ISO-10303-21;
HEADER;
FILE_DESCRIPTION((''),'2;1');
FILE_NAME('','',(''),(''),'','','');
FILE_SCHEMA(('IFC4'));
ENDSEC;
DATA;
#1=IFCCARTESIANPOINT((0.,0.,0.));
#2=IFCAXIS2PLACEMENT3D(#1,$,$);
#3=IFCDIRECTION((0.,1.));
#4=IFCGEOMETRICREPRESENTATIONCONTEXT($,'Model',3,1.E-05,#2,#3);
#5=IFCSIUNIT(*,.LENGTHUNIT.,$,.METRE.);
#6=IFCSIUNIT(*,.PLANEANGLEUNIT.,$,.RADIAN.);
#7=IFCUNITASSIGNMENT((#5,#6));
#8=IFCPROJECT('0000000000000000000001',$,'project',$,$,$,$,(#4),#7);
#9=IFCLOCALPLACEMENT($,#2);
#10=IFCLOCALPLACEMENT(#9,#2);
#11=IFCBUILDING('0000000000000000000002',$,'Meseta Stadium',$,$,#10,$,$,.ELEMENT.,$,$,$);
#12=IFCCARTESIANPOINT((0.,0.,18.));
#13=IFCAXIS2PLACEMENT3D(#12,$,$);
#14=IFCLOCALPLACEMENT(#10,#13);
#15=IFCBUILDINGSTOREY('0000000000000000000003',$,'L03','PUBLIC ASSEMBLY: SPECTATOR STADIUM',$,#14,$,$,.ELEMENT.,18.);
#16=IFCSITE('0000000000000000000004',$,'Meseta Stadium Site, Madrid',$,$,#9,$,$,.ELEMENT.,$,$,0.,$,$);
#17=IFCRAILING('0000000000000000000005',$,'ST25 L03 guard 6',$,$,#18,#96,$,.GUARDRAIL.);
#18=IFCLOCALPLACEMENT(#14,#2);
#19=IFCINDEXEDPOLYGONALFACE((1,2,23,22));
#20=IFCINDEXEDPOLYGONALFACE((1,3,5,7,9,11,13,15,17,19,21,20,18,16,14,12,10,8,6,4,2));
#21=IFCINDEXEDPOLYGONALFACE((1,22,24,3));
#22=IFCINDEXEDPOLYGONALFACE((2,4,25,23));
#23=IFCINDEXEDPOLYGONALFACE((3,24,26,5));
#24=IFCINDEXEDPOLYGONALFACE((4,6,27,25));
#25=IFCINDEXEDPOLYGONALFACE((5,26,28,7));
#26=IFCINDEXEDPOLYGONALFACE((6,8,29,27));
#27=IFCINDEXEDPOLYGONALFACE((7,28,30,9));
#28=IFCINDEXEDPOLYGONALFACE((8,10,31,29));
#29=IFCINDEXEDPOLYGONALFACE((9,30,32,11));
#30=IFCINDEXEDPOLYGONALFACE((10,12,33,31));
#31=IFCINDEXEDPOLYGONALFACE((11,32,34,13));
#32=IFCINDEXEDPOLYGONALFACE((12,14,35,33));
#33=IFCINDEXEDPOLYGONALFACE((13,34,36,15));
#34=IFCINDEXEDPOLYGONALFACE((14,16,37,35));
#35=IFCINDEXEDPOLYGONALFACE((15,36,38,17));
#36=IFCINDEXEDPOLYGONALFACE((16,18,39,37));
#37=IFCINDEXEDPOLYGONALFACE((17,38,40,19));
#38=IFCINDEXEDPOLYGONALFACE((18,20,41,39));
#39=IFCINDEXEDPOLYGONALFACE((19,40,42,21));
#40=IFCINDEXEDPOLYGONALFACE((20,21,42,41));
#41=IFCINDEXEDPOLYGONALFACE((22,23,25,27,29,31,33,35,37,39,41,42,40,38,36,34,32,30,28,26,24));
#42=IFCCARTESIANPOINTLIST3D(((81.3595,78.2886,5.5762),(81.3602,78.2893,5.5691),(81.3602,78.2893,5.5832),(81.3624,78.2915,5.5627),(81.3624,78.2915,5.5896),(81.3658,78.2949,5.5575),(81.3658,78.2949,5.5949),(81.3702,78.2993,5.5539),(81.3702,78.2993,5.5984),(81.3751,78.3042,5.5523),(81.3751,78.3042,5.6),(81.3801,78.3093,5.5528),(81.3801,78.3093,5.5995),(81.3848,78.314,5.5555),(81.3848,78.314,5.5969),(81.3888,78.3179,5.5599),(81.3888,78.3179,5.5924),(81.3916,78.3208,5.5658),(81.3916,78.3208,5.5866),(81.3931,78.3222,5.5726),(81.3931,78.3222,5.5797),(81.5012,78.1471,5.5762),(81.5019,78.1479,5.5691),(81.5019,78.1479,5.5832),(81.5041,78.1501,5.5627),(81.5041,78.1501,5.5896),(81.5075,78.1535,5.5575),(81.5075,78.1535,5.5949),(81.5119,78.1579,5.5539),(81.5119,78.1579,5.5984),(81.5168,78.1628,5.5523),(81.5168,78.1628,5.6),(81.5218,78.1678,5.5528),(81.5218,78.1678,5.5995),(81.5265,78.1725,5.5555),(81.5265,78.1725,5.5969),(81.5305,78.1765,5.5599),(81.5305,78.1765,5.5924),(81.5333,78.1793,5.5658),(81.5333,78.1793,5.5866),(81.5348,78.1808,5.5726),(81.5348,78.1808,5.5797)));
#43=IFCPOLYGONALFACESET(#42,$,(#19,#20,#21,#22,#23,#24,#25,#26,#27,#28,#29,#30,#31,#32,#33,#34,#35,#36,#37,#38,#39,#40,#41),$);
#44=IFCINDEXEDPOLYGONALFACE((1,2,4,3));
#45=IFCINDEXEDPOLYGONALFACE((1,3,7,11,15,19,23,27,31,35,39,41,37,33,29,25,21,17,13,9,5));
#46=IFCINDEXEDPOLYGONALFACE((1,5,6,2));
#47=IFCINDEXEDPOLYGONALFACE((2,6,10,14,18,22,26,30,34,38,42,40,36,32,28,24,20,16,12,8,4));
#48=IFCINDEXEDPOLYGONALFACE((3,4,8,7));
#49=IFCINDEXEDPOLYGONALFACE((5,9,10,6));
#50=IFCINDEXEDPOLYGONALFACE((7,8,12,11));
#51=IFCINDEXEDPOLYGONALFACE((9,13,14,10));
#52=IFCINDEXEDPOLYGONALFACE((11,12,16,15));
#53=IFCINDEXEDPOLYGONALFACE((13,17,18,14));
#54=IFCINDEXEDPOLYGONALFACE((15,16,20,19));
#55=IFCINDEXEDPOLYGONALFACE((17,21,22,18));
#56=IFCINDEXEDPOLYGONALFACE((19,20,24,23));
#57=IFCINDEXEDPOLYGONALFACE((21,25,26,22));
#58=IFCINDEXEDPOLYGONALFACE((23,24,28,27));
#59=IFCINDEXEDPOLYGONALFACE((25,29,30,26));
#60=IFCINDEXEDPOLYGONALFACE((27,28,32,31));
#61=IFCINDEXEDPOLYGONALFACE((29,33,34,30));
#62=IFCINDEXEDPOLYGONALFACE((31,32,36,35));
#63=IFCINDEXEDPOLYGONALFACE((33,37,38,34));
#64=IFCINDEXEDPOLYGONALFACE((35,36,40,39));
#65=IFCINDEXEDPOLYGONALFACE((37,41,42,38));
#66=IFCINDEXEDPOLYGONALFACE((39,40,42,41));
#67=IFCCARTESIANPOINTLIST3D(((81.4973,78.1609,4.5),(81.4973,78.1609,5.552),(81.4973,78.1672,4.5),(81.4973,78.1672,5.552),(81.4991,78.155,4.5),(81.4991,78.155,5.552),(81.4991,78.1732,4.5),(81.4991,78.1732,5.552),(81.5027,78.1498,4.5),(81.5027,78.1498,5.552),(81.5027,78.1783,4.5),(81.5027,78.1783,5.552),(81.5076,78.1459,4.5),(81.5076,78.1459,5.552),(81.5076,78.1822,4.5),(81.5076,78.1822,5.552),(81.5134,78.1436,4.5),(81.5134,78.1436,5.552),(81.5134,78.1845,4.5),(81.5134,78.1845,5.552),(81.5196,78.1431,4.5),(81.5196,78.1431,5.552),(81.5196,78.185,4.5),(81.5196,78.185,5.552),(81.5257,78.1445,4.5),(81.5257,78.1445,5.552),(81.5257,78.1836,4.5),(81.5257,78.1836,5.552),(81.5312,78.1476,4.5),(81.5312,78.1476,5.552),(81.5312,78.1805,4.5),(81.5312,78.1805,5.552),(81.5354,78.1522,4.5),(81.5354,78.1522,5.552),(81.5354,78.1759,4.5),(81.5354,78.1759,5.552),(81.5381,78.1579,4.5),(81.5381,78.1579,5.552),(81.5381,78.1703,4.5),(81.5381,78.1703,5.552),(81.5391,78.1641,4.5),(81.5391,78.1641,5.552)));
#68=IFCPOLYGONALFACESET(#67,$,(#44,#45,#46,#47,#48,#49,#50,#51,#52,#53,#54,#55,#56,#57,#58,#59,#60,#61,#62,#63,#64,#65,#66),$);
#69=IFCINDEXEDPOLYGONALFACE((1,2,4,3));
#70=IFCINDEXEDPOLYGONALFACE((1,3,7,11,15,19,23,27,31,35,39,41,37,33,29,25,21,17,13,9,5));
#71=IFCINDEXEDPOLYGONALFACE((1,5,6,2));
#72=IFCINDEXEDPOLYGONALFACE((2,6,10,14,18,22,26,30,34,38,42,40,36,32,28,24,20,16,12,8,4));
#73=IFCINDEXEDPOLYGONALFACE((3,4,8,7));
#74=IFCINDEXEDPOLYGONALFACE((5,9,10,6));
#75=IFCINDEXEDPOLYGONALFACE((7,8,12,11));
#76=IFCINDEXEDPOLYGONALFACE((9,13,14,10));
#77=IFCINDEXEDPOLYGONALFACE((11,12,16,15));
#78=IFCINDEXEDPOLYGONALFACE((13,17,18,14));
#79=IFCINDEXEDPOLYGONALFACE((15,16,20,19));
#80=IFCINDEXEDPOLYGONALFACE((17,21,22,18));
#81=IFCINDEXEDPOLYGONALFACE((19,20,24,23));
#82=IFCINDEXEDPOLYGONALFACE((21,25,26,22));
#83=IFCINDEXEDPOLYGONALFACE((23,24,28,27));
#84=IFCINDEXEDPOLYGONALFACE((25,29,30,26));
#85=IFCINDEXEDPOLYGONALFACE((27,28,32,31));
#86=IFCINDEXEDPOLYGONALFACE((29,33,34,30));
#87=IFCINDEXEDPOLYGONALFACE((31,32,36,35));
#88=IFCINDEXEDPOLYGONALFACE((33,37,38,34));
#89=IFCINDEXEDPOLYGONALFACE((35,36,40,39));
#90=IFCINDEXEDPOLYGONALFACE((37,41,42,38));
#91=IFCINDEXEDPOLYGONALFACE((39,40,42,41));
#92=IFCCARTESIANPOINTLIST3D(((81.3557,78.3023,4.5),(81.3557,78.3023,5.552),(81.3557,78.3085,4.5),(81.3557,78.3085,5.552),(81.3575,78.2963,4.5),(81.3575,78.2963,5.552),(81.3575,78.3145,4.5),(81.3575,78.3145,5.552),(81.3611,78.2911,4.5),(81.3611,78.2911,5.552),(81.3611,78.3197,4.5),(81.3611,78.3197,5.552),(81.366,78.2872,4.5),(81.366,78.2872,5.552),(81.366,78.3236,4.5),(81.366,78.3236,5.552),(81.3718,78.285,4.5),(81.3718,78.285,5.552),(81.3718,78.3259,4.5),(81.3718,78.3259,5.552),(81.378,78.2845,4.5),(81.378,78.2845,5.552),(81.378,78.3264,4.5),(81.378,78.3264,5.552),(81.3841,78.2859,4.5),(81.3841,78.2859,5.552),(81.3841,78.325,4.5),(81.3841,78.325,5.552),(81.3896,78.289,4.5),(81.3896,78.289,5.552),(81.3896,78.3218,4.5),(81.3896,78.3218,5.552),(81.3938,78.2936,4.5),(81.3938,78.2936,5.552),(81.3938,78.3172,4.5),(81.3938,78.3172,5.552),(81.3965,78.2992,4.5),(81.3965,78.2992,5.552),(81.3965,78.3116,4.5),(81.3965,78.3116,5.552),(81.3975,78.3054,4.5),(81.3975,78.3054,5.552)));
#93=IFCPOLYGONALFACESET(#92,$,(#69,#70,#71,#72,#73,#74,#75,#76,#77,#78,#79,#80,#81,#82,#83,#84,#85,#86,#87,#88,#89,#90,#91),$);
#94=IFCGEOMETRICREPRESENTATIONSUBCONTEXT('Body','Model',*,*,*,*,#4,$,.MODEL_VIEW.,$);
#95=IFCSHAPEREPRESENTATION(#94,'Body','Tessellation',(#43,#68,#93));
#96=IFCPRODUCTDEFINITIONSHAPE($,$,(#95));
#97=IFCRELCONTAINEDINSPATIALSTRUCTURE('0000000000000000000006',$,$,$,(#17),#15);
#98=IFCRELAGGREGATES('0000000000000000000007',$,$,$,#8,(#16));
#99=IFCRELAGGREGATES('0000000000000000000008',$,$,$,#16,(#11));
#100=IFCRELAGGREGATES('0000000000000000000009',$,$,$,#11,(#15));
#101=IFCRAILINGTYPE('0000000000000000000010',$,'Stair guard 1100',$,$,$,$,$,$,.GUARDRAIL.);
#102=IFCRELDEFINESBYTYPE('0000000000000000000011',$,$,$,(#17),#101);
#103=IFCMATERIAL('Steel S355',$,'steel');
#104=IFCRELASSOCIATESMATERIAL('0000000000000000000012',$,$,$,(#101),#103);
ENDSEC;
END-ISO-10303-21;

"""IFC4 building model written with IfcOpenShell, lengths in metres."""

from ifc_helpers import new_model, si_unit, direction, frame, origin, origin_2d, place, context, subcontext, project, spatial, circle, extrude, material, type_object, element, save


model = new_model("IFC4")

# Units and contexts
model_context = context("Model", 3, precision=1e-05, world=origin(), true_north=direction((0.0, 1.0)))
body_context = subcontext(model_context, "Body", "Model", "MODEL_VIEW")
ifc_project = project(units=[si_unit("LENGTHUNIT", "METRE"), si_unit("PLANEANGLEUNIT", "RADIAN")], contexts=[model_context])

# Site, building, storey
site_placement = place(None, origin())
site = spatial("IfcSite", under=ifc_project, at=site_placement, Name="Meseta Stadium Site, Madrid", CompositionType="ELEMENT", RefElevation=0.0)
building_placement = place(site_placement, origin())
building = spatial("IfcBuilding", under=site, at=building_placement, Name="Meseta Stadium", CompositionType="ELEMENT")
storey_placement = place(building_placement, frame((0.0, 0.0, 18.0)))
storey = spatial("IfcBuildingStorey", under=building, at=storey_placement, Name="L03", Description="PUBLIC ASSEMBLY: SPECTATOR STADIUM", CompositionType="ELEMENT", Elevation=18.0)

# Railing
ifc_material_1 = material(Name="Steel S355", Category="steel")
railing_type_1 = type_object("IfcRailingType", Name="Stair guard 1100", PredefinedType="GUARDRAIL", material=ifc_material_1)
railing_1_placement = place(storey_placement, frame((81.5181, 78.1641, 4.5)))
element("IfcRailing", 1, at=railing_1_placement, inside=storey, type_object=railing_type_1, Name="ST25 L03 guard 6", PredefinedType="GUARDRAIL", context=body_context, shape_type="SweptSolid", body=[
    extrude(circle(Radius=0.0239, at=origin_2d()), frame((0.0, 0.0, 1.0762), z_axis=(-0.707717, 0.706496, 0.0), x_axis=(-0.706496, -0.707717, 0.0)), (0.0, 0.0, 1.0), 0.2002),
    extrude(circle(Radius=0.021, at=origin_2d()), origin(), (0.0, 0.0, 1.0), 1.052),
    extrude(circle(Radius=0.021, at=origin_2d()), frame((-0.1416, 0.1414, 0.0)), (0.0, 0.0, 1.0), 1.052),
])

save(model, "model.ifc")
